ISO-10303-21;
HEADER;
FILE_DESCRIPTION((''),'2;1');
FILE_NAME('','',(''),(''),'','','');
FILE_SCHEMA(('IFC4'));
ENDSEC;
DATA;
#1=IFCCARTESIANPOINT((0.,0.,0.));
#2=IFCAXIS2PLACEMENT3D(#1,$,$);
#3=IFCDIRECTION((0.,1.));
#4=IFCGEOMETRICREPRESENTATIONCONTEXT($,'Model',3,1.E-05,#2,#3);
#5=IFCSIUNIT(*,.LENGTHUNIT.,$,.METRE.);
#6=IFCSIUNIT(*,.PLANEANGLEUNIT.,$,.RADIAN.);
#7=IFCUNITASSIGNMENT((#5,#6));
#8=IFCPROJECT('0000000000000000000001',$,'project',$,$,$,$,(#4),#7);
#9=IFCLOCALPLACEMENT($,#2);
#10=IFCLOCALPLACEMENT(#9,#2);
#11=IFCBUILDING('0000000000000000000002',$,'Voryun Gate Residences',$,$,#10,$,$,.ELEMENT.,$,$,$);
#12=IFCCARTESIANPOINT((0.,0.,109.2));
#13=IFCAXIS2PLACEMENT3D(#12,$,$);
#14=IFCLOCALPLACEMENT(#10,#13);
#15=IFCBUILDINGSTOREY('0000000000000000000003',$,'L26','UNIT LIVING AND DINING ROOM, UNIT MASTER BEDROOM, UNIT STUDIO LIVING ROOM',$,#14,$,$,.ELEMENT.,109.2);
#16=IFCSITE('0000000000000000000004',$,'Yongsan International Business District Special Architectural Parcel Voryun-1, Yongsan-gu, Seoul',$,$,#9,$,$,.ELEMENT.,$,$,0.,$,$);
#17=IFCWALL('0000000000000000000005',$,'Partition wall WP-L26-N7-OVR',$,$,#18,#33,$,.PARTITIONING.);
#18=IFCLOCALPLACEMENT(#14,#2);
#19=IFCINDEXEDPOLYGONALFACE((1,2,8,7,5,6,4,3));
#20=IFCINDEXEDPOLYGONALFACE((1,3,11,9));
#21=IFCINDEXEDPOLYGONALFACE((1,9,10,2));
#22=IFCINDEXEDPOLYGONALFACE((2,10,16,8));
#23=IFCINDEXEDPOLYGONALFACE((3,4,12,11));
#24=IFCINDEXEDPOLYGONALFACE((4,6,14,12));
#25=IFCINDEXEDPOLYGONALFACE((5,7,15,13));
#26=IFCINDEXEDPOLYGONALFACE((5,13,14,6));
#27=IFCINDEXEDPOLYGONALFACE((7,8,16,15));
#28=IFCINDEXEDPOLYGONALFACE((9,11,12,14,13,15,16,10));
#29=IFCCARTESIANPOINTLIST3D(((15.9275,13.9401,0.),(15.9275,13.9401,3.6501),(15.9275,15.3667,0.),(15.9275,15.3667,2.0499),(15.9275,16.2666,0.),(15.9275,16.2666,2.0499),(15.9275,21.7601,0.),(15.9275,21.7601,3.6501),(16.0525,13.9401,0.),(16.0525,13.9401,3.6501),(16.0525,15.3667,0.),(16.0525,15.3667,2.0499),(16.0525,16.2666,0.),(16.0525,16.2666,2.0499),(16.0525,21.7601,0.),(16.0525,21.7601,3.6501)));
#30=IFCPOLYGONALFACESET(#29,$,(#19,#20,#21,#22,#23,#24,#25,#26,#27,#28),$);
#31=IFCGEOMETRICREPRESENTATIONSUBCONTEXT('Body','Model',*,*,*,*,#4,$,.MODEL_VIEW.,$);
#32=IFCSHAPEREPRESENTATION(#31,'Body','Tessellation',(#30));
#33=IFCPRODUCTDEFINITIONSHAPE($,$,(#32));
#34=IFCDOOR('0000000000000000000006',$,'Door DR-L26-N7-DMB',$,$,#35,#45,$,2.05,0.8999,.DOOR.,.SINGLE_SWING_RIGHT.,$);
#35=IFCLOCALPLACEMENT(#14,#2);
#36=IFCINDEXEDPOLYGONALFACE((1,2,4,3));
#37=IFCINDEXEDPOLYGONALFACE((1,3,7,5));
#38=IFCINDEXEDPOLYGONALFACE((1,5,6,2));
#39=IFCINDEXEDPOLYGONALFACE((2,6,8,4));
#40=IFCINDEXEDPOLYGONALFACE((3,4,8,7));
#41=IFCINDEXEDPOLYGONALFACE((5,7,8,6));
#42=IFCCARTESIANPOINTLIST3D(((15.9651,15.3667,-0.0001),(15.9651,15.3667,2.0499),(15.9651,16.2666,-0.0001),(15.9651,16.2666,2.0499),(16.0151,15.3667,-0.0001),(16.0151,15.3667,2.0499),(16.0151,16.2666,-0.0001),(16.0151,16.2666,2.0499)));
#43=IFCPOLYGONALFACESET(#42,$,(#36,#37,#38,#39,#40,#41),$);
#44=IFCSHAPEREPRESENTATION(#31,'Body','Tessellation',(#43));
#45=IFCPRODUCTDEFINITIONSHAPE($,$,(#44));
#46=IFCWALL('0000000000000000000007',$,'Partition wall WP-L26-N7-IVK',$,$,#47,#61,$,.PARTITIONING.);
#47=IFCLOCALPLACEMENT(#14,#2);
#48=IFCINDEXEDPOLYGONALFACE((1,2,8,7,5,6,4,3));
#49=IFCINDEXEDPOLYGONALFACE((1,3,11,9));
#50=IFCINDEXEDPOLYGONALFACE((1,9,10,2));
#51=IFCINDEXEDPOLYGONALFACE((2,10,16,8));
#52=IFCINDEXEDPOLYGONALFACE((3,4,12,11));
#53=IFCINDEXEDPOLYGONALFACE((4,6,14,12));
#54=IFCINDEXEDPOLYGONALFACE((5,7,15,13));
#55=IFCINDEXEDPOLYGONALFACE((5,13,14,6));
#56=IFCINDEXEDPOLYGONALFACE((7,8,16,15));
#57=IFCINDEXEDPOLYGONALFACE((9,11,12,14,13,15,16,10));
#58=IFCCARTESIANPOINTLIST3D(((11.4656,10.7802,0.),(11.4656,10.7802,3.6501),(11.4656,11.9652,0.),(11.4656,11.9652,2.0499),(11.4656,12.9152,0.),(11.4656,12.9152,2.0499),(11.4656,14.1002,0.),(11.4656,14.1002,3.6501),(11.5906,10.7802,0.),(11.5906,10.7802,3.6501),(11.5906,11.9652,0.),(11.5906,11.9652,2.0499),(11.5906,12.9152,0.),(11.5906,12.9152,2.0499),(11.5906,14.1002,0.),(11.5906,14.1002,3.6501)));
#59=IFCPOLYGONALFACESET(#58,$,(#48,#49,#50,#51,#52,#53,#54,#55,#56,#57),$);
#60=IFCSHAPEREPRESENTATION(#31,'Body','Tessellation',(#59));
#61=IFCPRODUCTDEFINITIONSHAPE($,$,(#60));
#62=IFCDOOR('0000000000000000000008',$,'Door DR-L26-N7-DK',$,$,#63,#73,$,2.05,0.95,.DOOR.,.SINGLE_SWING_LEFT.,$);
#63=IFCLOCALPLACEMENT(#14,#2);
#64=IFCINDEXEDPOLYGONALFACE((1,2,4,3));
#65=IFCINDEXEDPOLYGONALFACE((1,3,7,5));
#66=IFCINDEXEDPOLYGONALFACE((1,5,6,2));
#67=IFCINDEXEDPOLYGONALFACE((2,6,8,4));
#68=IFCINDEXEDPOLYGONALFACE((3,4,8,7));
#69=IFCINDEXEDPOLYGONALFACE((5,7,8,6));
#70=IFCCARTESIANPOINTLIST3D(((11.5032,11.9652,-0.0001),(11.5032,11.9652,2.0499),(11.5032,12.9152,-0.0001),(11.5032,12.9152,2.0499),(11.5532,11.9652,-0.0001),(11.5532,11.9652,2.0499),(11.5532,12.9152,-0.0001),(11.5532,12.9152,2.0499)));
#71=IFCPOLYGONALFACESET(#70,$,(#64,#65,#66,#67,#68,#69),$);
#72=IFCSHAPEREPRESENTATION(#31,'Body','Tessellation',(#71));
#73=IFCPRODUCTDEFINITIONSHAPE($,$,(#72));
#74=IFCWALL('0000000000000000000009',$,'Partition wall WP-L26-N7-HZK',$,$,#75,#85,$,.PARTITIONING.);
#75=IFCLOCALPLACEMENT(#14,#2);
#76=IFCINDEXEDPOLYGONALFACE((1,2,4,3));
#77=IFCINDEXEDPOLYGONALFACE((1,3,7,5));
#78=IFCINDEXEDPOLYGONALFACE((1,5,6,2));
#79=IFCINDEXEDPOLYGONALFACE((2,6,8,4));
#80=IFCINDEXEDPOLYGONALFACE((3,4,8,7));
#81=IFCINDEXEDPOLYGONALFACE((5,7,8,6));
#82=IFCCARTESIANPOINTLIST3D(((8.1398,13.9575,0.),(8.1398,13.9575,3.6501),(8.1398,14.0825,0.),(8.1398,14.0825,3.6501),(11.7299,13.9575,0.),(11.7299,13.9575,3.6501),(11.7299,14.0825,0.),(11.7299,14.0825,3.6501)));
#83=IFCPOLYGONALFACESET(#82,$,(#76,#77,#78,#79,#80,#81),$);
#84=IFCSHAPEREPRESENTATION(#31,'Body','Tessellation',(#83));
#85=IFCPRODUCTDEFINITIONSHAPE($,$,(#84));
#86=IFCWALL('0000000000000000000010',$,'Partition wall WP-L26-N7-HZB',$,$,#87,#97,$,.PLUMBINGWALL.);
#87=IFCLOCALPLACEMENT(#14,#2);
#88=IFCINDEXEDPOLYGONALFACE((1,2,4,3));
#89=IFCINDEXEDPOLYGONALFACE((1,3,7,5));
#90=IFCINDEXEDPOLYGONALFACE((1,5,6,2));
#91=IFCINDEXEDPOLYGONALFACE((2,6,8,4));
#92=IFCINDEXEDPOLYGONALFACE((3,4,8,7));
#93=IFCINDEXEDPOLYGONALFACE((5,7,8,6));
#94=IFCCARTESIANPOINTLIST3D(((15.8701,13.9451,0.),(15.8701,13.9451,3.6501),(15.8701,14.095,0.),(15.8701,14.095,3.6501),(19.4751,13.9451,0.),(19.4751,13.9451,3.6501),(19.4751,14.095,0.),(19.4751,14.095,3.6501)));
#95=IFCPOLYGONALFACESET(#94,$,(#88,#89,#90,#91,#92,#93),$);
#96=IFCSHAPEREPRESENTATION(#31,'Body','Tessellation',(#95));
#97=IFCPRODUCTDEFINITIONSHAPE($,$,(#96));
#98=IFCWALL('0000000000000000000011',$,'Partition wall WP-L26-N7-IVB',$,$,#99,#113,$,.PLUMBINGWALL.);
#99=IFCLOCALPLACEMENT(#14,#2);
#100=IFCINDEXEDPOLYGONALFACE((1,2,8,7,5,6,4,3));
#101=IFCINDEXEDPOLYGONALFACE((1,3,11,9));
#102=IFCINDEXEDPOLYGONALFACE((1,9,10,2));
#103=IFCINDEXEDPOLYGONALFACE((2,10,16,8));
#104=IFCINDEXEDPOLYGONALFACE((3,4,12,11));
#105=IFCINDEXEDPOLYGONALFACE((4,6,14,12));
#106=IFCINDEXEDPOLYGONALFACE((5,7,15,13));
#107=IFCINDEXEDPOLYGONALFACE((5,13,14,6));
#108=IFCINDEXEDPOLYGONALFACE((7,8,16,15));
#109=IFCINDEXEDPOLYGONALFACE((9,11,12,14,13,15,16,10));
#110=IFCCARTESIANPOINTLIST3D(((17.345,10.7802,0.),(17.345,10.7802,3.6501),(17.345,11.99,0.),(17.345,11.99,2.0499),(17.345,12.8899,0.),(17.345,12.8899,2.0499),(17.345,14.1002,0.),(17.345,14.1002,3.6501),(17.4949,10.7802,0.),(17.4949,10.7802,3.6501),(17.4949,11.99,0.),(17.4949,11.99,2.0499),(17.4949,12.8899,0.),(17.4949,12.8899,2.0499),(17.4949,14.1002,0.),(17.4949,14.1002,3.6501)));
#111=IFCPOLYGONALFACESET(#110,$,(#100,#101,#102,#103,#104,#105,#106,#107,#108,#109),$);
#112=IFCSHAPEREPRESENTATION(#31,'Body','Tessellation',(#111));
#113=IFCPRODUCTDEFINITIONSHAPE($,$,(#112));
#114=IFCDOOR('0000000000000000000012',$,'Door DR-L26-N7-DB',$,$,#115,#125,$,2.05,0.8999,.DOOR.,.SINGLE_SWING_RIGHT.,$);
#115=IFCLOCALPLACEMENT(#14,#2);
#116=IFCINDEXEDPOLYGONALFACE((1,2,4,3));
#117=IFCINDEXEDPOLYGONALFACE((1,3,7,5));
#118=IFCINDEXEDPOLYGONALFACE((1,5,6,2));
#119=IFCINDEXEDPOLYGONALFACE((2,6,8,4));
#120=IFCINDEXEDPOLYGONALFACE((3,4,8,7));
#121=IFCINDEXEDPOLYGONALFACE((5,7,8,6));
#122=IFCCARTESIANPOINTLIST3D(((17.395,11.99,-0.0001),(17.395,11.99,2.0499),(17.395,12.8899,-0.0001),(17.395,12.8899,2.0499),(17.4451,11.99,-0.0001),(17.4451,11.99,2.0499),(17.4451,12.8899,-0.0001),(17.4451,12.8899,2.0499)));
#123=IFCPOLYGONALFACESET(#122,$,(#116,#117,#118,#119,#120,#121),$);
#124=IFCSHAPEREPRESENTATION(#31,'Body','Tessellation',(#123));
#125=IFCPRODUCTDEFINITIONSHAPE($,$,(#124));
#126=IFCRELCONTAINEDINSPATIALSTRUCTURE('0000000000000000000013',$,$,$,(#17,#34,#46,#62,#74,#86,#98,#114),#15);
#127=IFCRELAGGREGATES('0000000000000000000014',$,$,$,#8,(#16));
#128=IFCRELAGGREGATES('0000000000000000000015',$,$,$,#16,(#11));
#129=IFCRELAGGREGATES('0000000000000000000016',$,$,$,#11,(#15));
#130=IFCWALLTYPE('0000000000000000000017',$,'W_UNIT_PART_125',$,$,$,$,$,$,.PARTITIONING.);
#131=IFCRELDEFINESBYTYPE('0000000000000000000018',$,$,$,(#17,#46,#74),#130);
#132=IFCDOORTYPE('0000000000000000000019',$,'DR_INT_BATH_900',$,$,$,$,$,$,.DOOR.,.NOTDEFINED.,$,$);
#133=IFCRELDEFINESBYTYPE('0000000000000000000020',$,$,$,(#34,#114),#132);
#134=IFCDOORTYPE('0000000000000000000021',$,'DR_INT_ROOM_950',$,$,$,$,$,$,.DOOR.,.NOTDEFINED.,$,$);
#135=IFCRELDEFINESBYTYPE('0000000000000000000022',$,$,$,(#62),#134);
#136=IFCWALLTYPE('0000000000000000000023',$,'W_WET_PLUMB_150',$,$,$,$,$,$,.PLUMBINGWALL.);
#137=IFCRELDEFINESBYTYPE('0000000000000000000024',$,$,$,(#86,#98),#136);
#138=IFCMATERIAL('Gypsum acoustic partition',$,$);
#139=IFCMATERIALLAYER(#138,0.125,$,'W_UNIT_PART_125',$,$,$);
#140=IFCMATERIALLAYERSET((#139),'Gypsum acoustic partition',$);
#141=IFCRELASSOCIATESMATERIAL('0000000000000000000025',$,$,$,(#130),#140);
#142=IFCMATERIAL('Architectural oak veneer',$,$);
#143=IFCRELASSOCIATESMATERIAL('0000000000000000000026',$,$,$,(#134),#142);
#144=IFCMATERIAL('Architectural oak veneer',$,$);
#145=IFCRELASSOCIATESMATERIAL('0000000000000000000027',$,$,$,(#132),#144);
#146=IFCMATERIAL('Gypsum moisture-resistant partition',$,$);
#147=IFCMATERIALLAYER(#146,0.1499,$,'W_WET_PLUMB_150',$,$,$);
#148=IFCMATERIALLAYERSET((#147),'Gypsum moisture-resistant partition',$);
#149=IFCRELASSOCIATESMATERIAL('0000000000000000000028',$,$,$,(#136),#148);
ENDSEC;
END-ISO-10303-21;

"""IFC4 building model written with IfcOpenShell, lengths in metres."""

from ifc_helpers import new_model, si_unit, direction, frame, frame_2d, origin, place, context, subcontext, project, spatial, rectangle, extrude, material, layer, layer_set, type_object, element, fill, save


model = new_model("IFC4")

# Units and contexts
model_context = context("Model", 3, precision=1e-05, world=origin(), true_north=direction((0.0, 1.0)))
body_context = subcontext(model_context, "Body", "Model", "MODEL_VIEW")
ifc_project = project(units=[si_unit("LENGTHUNIT", "METRE"), si_unit("PLANEANGLEUNIT", "RADIAN")], contexts=[model_context])

# Site, building, storey
site_placement = place(None, origin())
site = spatial("IfcSite", under=ifc_project, at=site_placement, Name="Yongsan International Business District Special Architectural Parcel Voryun-1, Yongsan-gu, Seoul", CompositionType="ELEMENT", RefElevation=0.0)
building_placement = place(site_placement, origin())
building = spatial("IfcBuilding", under=site, at=building_placement, Name="Voryun Gate Residences", CompositionType="ELEMENT")
storey_placement = place(building_placement, frame((0.0, 0.0, 109.2)))
storey = spatial("IfcBuildingStorey", under=building, at=storey_placement, Name="L26", Description="UNIT LIVING AND DINING ROOM, UNIT MASTER BEDROOM, UNIT STUDIO LIVING ROOM", CompositionType="ELEMENT", Elevation=109.2)

# Walls, openings, doors
ifc_material_1 = material(Name="Gypsum acoustic partition")
ifc_layer_1 = layer(ifc_material_1, 0.125, Name="W_UNIT_PART_125")
ifc_layer_set_1 = layer_set([ifc_layer_1], Name="Gypsum acoustic partition")
wall_type_1 = type_object("IfcWallType", Name="W_UNIT_PART_125", PredefinedType="PARTITIONING", material=ifc_layer_set_1)
ifc_material_2 = material(Name="Architectural oak veneer")
door_type_1 = type_object("IfcDoorType", Name="DR_INT_ROOM_950", OperationType="NOTDEFINED", PredefinedType="DOOR", material=ifc_material_2)
wall_1_placement = place(storey_placement, frame((15.99, 13.9399, 0.0), z_axis=(0.0, 0.0, 1.0), x_axis=(0.0, 1.0, 0.0)))
wall_1 = element("IfcWall", 1, at=wall_1_placement, inside=storey, type_object=wall_type_1, Name="Partition wall WP-L26-N7-OVR", PredefinedType="PARTITIONING", context=body_context, shape_type="SweptSolid", body=[
    extrude(rectangle(XDim=7.8201, YDim=0.125, at=frame_2d((3.9102, 0.0))), origin(), (0.0, 0.0, 1.0), 3.6501),
])
opening_1_placement = place(wall_1_placement, frame((1.4268, 0.0, 0.0)))
opening_1 = element("IfcOpeningElement", 2, at=opening_1_placement, cuts=wall_1, PredefinedType="OPENING", context=body_context, shape_type="SweptSolid", body=[
    extrude(rectangle(XDim=0.8999, YDim=2.05, at=frame_2d((0.45, 1.0249))), frame((0.0, 0.0725, 0.0), z_axis=(0.0, -1.0, 0.0), x_axis=(1.0, 0.0, 0.0)), (0.0, 0.0, 1.0), 0.145),
])
ifc_material_3 = material(Name="Architectural oak veneer")
door_type_2 = type_object("IfcDoorType", Name="DR_INT_BATH_900", OperationType="NOTDEFINED", PredefinedType="DOOR", material=ifc_material_3)
door_1_placement = place(opening_1_placement, origin())
door_1 = element("IfcDoor", 3, at=door_1_placement, inside=storey, type_object=door_type_2, Name="Door DR-L26-N7-DMB", OperationType="SINGLE_SWING_RIGHT", OverallHeight=2.05, OverallWidth=0.8999, PredefinedType="DOOR", context=body_context, shape_type="SweptSolid", body=[
    extrude(rectangle(XDim=0.8999, YDim=2.05, at=frame_2d((0.45, 1.0249))), frame((0.0, 0.0249, 0.0), z_axis=(0.0, -1.0, 0.0), x_axis=(1.0, 0.0, 0.0)), (0.0, 0.0, 1.0), 0.05),
])
fill(opening_1, door_1)
wall_2_placement = place(storey_placement, frame((11.5281, 10.78, 0.0), z_axis=(0.0, 0.0, 1.0), x_axis=(0.0, 1.0, 0.0)))
wall_2 = element("IfcWall", 4, at=wall_2_placement, inside=storey, type_object=wall_type_1, Name="Partition wall WP-L26-N7-IVK", PredefinedType="PARTITIONING", context=body_context, shape_type="SweptSolid", body=[
    extrude(rectangle(XDim=3.3201, YDim=0.125, at=frame_2d((1.6602, 0.0))), origin(), (0.0, 0.0, 1.0), 3.6501),
])
opening_2_placement = place(wall_2_placement, frame((1.1851, 0.0, 0.0)))
opening_2 = element("IfcOpeningElement", 5, at=opening_2_placement, cuts=wall_2, PredefinedType="OPENING", context=body_context, shape_type="SweptSolid", body=[
    extrude(rectangle(XDim=0.95, YDim=2.05, at=frame_2d((0.4751, 1.0249))), frame((0.0, 0.0725, 0.0), z_axis=(0.0, -1.0, 0.0), x_axis=(1.0, 0.0, 0.0)), (0.0, 0.0, 1.0), 0.145),
])
door_2_placement = place(opening_2_placement, origin())
door_2 = element("IfcDoor", 6, at=door_2_placement, inside=storey, type_object=door_type_1, Name="Door DR-L26-N7-DK", OperationType="SINGLE_SWING_LEFT", OverallHeight=2.05, OverallWidth=0.95, PredefinedType="DOOR", context=body_context, shape_type="SweptSolid", body=[
    extrude(rectangle(XDim=0.95, YDim=2.05, at=frame_2d((0.4751, 1.0249))), frame((0.0, 0.0249, 0.0), z_axis=(0.0, -1.0, 0.0), x_axis=(1.0, 0.0, 0.0)), (0.0, 0.0, 1.0), 0.05),
])
fill(opening_2, door_2)

# Walls
wall_3_placement = place(storey_placement, frame((8.1399, 14.02, 0.0), z_axis=(0.0, 0.0, 1.0), x_axis=(1.0, 0.0, 0.0)))
element("IfcWall", 7, at=wall_3_placement, inside=storey, type_object=wall_type_1, Name="Partition wall WP-L26-N7-HZK", PredefinedType="PARTITIONING", context=body_context, shape_type="SweptSolid", body=[
    extrude(rectangle(XDim=3.5901, YDim=0.125, at=frame_2d((1.7949, 0.0))), origin(), (0.0, 0.0, 1.0), 3.6501),
])
ifc_material_4 = material(Name="Gypsum moisture-resistant partition")
ifc_layer_2 = layer(ifc_material_4, 0.1499, Name="W_WET_PLUMB_150")
ifc_layer_set_2 = layer_set([ifc_layer_2], Name="Gypsum moisture-resistant partition")
wall_type_2 = type_object("IfcWallType", Name="W_WET_PLUMB_150", PredefinedType="PLUMBINGWALL", material=ifc_layer_set_2)
wall_4_placement = place(storey_placement, frame((15.8701, 14.02, 0.0), z_axis=(0.0, 0.0, 1.0), x_axis=(1.0, 0.0, 0.0)))
element("IfcWall", 8, at=wall_4_placement, inside=storey, type_object=wall_type_2, Name="Partition wall WP-L26-N7-HZB", PredefinedType="PLUMBINGWALL", context=body_context, shape_type="SweptSolid", body=[
    extrude(rectangle(XDim=3.605, YDim=0.1499, at=frame_2d((1.8025, 0.0))), origin(), (0.0, 0.0, 1.0), 3.6501),
])

# Wall, opening, door
wall_5_placement = place(storey_placement, frame((17.4199, 10.78, 0.0), z_axis=(0.0, 0.0, 1.0), x_axis=(0.0, 1.0, 0.0)))
wall_5 = element("IfcWall", 9, at=wall_5_placement, inside=storey, type_object=wall_type_2, Name="Partition wall WP-L26-N7-IVB", PredefinedType="PLUMBINGWALL", context=body_context, shape_type="SweptSolid", body=[
    extrude(rectangle(XDim=3.3201, YDim=0.1499, at=frame_2d((1.6602, 0.0))), origin(), (0.0, 0.0, 1.0), 3.6501),
])
opening_3_placement = place(wall_5_placement, frame((1.21, 0.0, 0.0)))
opening_3 = element("IfcOpeningElement", 10, at=opening_3_placement, cuts=wall_5, PredefinedType="OPENING", context=body_context, shape_type="SweptSolid", body=[
    extrude(rectangle(XDim=0.8999, YDim=2.05, at=frame_2d((0.45, 1.0249))), frame((0.0, 0.085, 0.0), z_axis=(0.0, -1.0, 0.0), x_axis=(1.0, 0.0, 0.0)), (0.0, 0.0, 1.0), 0.1699),
])
door_3_placement = place(opening_3_placement, origin())
door_3 = element("IfcDoor", 11, at=door_3_placement, inside=storey, type_object=door_type_2, Name="Door DR-L26-N7-DB", OperationType="SINGLE_SWING_RIGHT", OverallHeight=2.05, OverallWidth=0.8999, PredefinedType="DOOR", context=body_context, shape_type="SweptSolid", body=[
    extrude(rectangle(XDim=0.8999, YDim=2.05, at=frame_2d((0.45, 1.0249))), frame((0.0, 0.0249, 0.0), z_axis=(0.0, -1.0, 0.0), x_axis=(1.0, 0.0, 0.0)), (0.0, 0.0, 1.0), 0.05),
])
fill(opening_3, door_3)

save(model, "model.ifc")
